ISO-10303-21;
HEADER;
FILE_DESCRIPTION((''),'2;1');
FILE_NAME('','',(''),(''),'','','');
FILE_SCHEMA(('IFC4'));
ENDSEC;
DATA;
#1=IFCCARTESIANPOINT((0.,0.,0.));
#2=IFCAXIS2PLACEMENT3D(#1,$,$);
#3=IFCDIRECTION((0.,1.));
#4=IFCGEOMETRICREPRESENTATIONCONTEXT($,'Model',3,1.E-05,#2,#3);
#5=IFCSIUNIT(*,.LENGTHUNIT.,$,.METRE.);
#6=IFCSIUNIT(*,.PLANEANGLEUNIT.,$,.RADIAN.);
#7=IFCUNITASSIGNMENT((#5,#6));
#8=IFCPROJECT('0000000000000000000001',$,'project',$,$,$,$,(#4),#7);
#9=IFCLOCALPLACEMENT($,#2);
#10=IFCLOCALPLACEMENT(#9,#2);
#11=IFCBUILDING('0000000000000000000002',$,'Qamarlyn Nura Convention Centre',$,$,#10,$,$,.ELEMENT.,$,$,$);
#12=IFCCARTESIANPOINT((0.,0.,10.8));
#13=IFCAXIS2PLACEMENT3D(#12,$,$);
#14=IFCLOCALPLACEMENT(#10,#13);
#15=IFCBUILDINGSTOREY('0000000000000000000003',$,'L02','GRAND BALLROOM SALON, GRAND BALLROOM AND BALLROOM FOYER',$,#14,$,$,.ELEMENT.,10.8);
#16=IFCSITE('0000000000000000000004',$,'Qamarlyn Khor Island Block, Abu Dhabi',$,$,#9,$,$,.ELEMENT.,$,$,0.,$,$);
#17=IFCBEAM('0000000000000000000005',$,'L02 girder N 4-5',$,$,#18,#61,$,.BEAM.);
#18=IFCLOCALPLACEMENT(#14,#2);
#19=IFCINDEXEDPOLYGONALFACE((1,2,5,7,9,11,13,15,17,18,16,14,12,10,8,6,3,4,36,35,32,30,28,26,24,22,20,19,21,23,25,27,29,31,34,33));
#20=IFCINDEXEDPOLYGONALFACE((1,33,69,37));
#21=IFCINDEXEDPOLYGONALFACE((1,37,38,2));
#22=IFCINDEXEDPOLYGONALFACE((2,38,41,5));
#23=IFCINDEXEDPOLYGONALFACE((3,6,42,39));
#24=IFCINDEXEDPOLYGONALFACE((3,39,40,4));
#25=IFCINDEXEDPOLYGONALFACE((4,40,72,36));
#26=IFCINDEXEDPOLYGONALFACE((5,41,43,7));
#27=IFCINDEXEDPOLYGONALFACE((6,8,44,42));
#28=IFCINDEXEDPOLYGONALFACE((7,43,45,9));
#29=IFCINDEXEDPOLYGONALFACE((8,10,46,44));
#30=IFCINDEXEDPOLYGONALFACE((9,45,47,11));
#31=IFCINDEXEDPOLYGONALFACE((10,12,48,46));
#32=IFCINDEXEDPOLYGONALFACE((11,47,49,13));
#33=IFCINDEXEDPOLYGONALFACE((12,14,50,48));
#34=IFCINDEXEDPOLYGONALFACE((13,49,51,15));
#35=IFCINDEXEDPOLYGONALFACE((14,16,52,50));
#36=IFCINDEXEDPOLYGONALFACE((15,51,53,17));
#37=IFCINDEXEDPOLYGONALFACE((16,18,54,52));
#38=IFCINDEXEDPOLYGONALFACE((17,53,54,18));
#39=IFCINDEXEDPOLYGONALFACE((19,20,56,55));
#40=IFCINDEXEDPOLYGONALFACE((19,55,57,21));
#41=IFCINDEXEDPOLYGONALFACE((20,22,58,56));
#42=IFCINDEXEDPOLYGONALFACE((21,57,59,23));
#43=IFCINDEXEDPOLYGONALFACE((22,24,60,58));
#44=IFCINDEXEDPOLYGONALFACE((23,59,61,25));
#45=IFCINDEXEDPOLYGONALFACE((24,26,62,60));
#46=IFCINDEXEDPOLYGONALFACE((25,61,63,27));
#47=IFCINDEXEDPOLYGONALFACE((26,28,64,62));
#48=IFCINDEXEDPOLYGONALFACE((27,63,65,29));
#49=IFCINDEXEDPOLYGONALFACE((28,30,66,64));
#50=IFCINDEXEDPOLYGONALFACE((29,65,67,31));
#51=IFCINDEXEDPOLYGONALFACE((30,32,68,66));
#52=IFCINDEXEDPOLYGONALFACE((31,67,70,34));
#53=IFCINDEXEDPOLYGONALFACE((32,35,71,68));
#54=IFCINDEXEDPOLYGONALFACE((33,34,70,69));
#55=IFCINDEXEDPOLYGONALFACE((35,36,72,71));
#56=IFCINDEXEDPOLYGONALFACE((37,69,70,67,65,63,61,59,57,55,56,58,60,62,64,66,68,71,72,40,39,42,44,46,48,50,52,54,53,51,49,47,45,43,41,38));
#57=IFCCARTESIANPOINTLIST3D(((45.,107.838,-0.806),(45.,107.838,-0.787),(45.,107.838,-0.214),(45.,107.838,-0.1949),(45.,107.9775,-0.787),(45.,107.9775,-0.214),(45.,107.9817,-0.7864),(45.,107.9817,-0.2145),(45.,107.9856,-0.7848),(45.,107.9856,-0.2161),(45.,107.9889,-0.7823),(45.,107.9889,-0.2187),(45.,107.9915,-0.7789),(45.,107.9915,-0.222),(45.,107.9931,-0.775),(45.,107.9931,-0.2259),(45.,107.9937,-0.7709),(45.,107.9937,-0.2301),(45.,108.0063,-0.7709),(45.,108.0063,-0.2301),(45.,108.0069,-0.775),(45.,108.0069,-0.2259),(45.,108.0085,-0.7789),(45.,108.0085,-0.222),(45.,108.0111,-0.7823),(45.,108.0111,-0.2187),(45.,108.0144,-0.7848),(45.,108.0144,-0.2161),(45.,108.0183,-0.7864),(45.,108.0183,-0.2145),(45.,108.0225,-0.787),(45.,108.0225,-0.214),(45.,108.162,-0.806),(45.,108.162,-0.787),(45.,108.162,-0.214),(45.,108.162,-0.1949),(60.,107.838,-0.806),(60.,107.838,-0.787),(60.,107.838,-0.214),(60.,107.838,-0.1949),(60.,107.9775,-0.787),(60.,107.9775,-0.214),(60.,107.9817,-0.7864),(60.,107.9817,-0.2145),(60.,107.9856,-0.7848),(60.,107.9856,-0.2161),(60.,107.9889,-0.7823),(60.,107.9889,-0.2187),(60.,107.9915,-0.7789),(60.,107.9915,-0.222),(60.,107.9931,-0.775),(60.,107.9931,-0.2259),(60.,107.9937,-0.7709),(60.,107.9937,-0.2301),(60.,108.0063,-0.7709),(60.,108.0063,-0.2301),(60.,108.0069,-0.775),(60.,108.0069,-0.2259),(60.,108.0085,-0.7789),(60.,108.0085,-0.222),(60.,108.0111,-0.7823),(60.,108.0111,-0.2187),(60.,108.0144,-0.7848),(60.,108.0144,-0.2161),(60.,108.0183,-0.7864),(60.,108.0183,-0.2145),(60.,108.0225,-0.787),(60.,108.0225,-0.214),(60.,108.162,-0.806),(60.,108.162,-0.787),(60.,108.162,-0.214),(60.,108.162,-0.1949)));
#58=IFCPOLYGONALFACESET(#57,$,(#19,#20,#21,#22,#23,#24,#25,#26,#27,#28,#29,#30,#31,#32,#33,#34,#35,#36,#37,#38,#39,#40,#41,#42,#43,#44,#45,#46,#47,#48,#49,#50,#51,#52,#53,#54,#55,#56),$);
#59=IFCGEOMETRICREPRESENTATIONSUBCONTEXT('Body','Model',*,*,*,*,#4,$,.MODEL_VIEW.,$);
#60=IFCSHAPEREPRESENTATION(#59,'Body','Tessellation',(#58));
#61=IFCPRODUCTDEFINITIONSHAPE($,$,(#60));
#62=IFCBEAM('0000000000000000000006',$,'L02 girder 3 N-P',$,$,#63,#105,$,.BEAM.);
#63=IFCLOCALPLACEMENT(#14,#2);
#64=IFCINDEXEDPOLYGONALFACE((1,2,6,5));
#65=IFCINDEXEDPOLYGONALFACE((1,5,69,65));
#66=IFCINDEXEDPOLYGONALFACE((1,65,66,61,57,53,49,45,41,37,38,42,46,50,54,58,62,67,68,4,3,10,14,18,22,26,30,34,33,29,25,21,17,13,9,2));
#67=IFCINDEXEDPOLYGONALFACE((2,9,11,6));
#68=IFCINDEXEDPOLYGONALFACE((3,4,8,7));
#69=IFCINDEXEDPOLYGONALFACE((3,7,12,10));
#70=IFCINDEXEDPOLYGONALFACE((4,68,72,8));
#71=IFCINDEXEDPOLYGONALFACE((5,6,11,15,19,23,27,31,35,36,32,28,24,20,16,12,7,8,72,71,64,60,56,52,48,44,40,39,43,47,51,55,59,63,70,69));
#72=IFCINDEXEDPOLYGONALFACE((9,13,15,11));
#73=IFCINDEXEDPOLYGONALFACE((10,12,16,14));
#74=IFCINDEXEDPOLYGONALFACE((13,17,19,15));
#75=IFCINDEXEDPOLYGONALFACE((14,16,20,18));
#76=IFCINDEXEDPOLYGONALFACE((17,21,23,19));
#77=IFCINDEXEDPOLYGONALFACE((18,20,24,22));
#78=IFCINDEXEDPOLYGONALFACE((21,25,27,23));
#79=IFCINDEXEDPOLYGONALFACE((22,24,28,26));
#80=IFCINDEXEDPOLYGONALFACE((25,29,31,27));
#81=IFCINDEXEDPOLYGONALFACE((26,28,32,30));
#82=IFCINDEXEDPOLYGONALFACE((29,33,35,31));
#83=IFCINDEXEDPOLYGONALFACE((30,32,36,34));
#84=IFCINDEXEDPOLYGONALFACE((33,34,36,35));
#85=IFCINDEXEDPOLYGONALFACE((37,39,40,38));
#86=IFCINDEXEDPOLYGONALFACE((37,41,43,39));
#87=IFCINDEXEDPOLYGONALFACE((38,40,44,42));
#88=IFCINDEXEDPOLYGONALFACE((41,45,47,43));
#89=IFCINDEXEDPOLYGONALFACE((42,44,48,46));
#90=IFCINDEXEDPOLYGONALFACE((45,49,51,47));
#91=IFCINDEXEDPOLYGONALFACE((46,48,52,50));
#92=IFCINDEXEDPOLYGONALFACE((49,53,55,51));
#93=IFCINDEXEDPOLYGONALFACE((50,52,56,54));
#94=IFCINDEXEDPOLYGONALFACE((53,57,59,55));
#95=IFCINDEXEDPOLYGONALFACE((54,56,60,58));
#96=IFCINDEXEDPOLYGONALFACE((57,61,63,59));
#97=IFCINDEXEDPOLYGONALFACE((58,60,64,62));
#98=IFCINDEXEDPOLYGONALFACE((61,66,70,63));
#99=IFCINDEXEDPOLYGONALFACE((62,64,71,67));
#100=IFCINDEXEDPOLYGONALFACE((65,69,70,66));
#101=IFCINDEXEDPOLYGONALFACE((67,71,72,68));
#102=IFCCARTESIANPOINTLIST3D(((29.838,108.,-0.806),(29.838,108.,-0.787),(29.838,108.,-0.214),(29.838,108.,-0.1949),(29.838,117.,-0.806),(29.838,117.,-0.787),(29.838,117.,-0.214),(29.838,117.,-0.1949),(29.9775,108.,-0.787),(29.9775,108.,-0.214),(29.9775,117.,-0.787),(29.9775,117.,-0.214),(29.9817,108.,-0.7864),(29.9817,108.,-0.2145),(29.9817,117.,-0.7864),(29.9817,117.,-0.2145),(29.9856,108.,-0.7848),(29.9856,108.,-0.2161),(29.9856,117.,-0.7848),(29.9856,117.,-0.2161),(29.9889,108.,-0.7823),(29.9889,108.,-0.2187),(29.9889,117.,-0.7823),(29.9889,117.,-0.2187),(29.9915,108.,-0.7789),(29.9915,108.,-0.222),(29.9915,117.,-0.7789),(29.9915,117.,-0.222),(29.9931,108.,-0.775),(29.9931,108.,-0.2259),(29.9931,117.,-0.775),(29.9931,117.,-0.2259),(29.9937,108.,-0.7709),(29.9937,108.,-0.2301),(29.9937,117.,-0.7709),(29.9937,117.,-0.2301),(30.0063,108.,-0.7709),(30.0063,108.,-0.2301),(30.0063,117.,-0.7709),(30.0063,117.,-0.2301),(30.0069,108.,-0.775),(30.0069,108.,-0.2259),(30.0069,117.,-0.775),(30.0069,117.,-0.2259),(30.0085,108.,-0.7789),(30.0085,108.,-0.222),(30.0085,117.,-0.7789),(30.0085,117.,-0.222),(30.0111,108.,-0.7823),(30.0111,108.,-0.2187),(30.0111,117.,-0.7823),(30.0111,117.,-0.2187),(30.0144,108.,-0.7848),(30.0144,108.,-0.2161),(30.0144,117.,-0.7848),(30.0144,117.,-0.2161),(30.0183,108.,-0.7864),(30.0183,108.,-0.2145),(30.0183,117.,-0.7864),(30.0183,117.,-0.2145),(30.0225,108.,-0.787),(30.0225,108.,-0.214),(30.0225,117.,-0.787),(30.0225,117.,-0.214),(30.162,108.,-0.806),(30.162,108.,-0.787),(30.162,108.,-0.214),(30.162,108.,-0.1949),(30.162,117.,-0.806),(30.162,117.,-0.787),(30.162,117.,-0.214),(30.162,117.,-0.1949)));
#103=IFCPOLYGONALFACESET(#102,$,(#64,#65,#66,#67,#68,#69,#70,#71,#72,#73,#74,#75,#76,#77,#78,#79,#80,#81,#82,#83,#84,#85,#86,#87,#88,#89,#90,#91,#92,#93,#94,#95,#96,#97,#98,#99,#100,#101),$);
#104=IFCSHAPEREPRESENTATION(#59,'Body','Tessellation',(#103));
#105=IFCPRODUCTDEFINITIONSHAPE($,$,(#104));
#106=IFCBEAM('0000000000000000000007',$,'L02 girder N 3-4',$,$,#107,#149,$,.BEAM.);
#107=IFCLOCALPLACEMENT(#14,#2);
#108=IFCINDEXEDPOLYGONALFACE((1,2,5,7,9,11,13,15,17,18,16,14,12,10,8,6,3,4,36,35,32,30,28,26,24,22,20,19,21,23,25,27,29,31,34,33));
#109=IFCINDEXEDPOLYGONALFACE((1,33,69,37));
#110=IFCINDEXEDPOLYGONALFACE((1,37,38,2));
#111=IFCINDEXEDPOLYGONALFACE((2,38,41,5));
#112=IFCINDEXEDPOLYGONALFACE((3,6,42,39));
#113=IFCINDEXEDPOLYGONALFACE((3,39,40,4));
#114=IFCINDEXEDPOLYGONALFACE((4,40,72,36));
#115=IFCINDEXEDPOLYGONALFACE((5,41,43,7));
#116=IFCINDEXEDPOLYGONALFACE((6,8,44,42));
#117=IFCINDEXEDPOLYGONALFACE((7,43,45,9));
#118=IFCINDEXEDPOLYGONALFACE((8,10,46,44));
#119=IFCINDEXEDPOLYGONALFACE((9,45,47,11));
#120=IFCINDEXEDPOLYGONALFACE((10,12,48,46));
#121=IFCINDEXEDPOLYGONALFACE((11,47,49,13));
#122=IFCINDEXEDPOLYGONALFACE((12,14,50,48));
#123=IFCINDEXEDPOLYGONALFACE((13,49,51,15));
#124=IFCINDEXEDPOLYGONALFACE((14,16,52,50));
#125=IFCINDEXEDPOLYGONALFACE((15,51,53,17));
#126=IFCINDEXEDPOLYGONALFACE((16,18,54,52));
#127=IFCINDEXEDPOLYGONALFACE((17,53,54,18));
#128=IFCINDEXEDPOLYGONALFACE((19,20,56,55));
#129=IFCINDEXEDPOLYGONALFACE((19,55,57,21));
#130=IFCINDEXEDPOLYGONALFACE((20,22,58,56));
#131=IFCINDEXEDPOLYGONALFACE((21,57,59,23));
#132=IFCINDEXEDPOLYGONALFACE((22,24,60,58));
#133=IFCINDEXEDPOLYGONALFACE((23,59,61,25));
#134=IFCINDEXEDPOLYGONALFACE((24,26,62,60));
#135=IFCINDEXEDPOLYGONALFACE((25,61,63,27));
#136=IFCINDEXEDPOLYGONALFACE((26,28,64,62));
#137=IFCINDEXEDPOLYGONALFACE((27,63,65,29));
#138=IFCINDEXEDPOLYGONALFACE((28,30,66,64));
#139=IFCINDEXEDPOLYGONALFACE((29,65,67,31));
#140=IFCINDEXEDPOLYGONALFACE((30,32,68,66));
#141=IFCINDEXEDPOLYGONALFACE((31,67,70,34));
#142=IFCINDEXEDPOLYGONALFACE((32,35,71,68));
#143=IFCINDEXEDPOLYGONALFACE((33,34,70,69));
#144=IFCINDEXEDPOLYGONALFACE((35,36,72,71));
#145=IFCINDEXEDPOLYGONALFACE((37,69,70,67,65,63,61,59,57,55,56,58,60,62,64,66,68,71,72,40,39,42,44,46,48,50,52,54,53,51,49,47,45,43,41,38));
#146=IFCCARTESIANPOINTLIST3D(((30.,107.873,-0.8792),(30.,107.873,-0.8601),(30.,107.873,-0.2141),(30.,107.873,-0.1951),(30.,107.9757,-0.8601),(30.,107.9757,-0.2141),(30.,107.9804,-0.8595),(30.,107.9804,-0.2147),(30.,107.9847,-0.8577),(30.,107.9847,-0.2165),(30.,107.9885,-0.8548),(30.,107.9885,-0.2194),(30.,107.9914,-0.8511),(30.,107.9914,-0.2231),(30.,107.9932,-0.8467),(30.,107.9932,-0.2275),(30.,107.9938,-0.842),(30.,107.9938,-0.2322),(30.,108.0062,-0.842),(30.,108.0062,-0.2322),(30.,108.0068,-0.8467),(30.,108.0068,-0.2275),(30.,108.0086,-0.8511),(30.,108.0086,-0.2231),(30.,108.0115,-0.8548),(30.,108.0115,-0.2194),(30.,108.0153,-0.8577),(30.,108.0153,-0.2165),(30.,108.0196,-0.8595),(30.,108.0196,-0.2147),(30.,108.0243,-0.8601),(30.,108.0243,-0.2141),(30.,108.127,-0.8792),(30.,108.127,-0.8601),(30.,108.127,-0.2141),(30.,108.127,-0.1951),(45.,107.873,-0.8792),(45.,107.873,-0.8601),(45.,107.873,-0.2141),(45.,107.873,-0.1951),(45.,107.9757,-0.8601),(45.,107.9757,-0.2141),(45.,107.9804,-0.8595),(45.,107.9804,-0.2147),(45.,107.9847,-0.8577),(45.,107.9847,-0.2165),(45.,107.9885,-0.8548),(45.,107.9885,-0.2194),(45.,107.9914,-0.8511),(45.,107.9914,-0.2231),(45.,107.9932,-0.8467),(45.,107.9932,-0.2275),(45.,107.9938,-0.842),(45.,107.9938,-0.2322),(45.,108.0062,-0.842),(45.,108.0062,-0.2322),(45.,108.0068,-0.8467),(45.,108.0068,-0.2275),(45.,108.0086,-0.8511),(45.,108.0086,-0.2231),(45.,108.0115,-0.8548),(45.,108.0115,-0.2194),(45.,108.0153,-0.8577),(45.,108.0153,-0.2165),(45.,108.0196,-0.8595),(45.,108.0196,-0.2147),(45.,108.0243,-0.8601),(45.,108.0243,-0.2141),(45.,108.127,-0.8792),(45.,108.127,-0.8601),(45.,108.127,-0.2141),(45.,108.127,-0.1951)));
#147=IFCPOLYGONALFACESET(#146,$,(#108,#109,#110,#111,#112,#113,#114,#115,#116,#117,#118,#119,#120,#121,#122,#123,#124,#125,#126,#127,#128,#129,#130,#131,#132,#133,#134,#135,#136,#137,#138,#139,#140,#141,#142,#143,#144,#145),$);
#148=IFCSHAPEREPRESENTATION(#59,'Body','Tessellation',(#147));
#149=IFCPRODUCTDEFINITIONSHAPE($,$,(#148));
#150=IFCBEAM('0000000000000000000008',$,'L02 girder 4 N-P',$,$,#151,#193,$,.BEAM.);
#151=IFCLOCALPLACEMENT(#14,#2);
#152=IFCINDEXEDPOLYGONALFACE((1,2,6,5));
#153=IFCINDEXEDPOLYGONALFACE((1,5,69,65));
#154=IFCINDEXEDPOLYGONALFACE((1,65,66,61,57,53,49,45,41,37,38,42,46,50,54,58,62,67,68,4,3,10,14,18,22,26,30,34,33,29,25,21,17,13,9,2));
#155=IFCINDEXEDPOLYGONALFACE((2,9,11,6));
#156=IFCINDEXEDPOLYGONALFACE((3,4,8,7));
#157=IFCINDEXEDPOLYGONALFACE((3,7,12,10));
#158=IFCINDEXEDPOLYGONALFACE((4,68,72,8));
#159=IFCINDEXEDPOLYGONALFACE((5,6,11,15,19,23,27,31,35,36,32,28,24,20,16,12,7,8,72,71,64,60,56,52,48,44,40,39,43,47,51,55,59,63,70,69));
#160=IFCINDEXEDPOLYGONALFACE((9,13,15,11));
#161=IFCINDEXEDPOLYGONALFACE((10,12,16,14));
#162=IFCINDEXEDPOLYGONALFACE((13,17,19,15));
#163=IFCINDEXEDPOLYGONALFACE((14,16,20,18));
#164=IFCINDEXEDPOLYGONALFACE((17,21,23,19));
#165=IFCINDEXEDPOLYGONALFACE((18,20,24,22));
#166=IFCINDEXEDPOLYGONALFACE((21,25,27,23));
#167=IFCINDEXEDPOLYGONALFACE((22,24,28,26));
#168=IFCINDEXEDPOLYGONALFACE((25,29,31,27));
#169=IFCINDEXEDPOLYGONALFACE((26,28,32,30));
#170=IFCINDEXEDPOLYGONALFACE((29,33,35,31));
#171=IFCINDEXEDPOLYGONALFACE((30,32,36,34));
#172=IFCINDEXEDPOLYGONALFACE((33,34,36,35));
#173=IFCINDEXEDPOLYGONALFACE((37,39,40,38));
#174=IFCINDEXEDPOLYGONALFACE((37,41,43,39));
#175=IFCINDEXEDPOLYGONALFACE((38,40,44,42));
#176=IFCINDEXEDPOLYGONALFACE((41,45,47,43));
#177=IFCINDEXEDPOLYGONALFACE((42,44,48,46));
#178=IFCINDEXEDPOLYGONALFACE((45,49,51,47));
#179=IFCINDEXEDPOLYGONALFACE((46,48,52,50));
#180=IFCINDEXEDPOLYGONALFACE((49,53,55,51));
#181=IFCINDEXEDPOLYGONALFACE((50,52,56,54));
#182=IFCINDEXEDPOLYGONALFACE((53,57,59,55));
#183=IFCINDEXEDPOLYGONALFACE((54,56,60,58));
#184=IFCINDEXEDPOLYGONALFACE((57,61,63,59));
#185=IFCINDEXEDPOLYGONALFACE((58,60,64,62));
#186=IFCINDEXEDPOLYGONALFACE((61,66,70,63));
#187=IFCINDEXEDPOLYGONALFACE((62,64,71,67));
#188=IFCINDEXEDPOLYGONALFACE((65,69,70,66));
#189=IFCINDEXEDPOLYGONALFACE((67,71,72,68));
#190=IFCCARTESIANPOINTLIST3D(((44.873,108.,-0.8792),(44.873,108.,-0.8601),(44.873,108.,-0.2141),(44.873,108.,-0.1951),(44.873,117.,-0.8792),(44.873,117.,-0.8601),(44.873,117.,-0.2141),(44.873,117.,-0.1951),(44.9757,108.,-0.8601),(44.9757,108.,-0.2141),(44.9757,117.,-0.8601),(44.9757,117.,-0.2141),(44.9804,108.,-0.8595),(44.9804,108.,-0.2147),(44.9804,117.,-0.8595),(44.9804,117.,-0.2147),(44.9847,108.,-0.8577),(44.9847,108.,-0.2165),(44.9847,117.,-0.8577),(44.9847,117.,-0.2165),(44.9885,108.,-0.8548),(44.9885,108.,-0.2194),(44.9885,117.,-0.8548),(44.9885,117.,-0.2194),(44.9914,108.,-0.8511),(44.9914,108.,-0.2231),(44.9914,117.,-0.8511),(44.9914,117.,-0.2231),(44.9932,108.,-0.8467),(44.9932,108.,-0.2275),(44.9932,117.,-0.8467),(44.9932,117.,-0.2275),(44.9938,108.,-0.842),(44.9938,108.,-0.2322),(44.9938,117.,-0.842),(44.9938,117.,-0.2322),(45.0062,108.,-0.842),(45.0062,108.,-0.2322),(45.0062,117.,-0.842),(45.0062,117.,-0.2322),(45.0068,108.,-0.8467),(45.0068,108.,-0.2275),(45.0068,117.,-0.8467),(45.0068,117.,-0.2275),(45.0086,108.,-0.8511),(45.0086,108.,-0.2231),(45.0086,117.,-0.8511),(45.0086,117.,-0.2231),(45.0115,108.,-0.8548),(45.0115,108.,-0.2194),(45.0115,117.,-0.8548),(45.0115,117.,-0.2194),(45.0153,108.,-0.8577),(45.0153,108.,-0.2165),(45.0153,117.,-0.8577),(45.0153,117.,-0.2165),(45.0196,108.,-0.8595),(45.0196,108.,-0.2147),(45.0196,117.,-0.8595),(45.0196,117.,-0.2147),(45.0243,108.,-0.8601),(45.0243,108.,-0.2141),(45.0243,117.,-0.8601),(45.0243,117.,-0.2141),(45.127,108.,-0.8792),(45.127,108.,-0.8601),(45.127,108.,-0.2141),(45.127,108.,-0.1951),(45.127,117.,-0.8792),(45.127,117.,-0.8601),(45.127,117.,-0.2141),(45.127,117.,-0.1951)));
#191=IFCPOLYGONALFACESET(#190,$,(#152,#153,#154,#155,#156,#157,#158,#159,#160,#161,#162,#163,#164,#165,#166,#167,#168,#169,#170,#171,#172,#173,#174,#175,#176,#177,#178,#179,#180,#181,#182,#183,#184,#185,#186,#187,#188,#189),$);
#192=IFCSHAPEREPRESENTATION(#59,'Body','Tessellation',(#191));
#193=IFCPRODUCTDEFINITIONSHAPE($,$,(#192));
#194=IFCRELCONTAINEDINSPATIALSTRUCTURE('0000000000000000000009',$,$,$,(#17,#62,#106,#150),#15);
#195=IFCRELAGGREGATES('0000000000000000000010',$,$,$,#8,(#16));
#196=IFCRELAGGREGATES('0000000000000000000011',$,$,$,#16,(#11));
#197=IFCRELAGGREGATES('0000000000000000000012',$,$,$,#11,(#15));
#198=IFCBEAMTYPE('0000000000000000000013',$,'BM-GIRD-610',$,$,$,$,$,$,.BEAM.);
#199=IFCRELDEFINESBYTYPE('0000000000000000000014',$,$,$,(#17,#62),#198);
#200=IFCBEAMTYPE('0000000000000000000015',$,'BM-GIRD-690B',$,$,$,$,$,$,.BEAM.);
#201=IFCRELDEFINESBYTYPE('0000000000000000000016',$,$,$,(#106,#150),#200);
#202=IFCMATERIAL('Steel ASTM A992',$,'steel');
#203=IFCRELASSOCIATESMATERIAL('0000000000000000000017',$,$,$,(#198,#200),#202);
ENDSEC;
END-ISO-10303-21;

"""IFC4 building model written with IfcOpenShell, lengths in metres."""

from ifc_helpers import new_model, si_unit, direction, frame, origin, origin_2d, place, context, subcontext, project, spatial, i_section, extrude, material, material_profile, profile_set, type_object, element, save


model = new_model("IFC4")

# Units and contexts
model_context = context("Model", 3, precision=1e-05, world=origin(), true_north=direction((0.0, 1.0)))
body_context = subcontext(model_context, "Body", "Model", "MODEL_VIEW")
ifc_project = project(units=[si_unit("LENGTHUNIT", "METRE"), si_unit("PLANEANGLEUNIT", "RADIAN")], contexts=[model_context])

# Site, building, storey
site_placement = place(None, origin())
site = spatial("IfcSite", under=ifc_project, at=site_placement, Name="Qamarlyn Khor Island Block, Abu Dhabi", CompositionType="ELEMENT", RefElevation=0.0)
building_placement = place(site_placement, origin())
building = spatial("IfcBuilding", under=site, at=building_placement, Name="Qamarlyn Nura Convention Centre", CompositionType="ELEMENT")
storey_placement = place(building_placement, frame((0.0, 0.0, 10.8)))
storey = spatial("IfcBuildingStorey", under=building, at=storey_placement, Name="L02", Description="GRAND BALLROOM SALON, GRAND BALLROOM AND BALLROOM FOYER", CompositionType="ELEMENT", Elevation=10.8)

# Beams
ifc_material_1 = material(Name="Steel ASTM A992", Category="steel")
ifc_material_profile_1 = material_profile(ifc_material_1, i_section(OverallWidth=0.324, OverallDepth=0.6111, WebThickness=0.0127, FlangeThickness=0.019, FilletRadius=0.0161, at=origin_2d()), Name="W610X155")
ifc_profile_set_1 = profile_set([ifc_material_profile_1], Name="Steel ASTM A992")
beam_type_1 = type_object("IfcBeamType", Name="BM-GIRD-610", PredefinedType="BEAM", material=ifc_profile_set_1)
beam_1_placement = place(storey_placement, frame((45.0, 108.0, -0.5005), z_axis=(1.0, 0.0, 0.0), x_axis=(0.0, 1.0, 0.0)))
element("IfcBeam", 1, at=beam_1_placement, inside=storey, type_object=beam_type_1, Name="L02 girder N 4-5", PredefinedType="BEAM", context=body_context, shape_type="SweptSolid", body=[
    extrude(i_section(OverallWidth=0.324, OverallDepth=0.6111, WebThickness=0.0127, FlangeThickness=0.019, FilletRadius=0.0161, at=origin_2d()), origin(), (0.0, 0.0, 1.0), 15.0),
])
beam_2_placement = place(storey_placement, frame((30.0, 108.0, -0.5005), z_axis=(0.0, 1.0, 0.0), x_axis=(-1.0, 0.0, 0.0)))
element("IfcBeam", 2, at=beam_2_placement, inside=storey, type_object=beam_type_1, Name="L02 girder 3 N-P", PredefinedType="BEAM", context=body_context, shape_type="SweptSolid", body=[
    extrude(i_section(OverallWidth=0.324, OverallDepth=0.6111, WebThickness=0.0127, FlangeThickness=0.019, FilletRadius=0.0161, at=origin_2d()), origin(), (0.0, 0.0, 1.0), 9.0),
])
ifc_material_profile_2 = material_profile(ifc_material_1, i_section(OverallWidth=0.2539, OverallDepth=0.6841, WebThickness=0.0125, FlangeThickness=0.019, FilletRadius=0.0181, at=origin_2d()), Name="W690X140")
ifc_profile_set_2 = profile_set([ifc_material_profile_2], Name="Steel ASTM A992")
beam_type_2 = type_object("IfcBeamType", Name="BM-GIRD-690B", PredefinedType="BEAM", material=ifc_profile_set_2)
beam_3_placement = place(storey_placement, frame((30.0, 108.0, -0.5371), z_axis=(1.0, 0.0, 0.0), x_axis=(0.0, 1.0, 0.0)))
element("IfcBeam", 3, at=beam_3_placement, inside=storey, type_object=beam_type_2, Name="L02 girder N 3-4", PredefinedType="BEAM", context=body_context, shape_type="SweptSolid", body=[
    extrude(i_section(OverallWidth=0.2539, OverallDepth=0.6841, WebThickness=0.0125, FlangeThickness=0.019, FilletRadius=0.0181, at=origin_2d()), origin(), (0.0, 0.0, 1.0), 15.0),
])
beam_4_placement = place(storey_placement, frame((45.0, 108.0, -0.5371), z_axis=(0.0, 1.0, 0.0), x_axis=(-1.0, 0.0, 0.0)))
element("IfcBeam", 4, at=beam_4_placement, inside=storey, type_object=beam_type_2, Name="L02 girder 4 N-P", PredefinedType="BEAM", context=body_context, shape_type="SweptSolid", body=[
    extrude(i_section(OverallWidth=0.2539, OverallDepth=0.6841, WebThickness=0.0125, FlangeThickness=0.019, FilletRadius=0.0181, at=origin_2d()), origin(), (0.0, 0.0, 1.0), 9.0),
])

save(model, "model.ifc")
